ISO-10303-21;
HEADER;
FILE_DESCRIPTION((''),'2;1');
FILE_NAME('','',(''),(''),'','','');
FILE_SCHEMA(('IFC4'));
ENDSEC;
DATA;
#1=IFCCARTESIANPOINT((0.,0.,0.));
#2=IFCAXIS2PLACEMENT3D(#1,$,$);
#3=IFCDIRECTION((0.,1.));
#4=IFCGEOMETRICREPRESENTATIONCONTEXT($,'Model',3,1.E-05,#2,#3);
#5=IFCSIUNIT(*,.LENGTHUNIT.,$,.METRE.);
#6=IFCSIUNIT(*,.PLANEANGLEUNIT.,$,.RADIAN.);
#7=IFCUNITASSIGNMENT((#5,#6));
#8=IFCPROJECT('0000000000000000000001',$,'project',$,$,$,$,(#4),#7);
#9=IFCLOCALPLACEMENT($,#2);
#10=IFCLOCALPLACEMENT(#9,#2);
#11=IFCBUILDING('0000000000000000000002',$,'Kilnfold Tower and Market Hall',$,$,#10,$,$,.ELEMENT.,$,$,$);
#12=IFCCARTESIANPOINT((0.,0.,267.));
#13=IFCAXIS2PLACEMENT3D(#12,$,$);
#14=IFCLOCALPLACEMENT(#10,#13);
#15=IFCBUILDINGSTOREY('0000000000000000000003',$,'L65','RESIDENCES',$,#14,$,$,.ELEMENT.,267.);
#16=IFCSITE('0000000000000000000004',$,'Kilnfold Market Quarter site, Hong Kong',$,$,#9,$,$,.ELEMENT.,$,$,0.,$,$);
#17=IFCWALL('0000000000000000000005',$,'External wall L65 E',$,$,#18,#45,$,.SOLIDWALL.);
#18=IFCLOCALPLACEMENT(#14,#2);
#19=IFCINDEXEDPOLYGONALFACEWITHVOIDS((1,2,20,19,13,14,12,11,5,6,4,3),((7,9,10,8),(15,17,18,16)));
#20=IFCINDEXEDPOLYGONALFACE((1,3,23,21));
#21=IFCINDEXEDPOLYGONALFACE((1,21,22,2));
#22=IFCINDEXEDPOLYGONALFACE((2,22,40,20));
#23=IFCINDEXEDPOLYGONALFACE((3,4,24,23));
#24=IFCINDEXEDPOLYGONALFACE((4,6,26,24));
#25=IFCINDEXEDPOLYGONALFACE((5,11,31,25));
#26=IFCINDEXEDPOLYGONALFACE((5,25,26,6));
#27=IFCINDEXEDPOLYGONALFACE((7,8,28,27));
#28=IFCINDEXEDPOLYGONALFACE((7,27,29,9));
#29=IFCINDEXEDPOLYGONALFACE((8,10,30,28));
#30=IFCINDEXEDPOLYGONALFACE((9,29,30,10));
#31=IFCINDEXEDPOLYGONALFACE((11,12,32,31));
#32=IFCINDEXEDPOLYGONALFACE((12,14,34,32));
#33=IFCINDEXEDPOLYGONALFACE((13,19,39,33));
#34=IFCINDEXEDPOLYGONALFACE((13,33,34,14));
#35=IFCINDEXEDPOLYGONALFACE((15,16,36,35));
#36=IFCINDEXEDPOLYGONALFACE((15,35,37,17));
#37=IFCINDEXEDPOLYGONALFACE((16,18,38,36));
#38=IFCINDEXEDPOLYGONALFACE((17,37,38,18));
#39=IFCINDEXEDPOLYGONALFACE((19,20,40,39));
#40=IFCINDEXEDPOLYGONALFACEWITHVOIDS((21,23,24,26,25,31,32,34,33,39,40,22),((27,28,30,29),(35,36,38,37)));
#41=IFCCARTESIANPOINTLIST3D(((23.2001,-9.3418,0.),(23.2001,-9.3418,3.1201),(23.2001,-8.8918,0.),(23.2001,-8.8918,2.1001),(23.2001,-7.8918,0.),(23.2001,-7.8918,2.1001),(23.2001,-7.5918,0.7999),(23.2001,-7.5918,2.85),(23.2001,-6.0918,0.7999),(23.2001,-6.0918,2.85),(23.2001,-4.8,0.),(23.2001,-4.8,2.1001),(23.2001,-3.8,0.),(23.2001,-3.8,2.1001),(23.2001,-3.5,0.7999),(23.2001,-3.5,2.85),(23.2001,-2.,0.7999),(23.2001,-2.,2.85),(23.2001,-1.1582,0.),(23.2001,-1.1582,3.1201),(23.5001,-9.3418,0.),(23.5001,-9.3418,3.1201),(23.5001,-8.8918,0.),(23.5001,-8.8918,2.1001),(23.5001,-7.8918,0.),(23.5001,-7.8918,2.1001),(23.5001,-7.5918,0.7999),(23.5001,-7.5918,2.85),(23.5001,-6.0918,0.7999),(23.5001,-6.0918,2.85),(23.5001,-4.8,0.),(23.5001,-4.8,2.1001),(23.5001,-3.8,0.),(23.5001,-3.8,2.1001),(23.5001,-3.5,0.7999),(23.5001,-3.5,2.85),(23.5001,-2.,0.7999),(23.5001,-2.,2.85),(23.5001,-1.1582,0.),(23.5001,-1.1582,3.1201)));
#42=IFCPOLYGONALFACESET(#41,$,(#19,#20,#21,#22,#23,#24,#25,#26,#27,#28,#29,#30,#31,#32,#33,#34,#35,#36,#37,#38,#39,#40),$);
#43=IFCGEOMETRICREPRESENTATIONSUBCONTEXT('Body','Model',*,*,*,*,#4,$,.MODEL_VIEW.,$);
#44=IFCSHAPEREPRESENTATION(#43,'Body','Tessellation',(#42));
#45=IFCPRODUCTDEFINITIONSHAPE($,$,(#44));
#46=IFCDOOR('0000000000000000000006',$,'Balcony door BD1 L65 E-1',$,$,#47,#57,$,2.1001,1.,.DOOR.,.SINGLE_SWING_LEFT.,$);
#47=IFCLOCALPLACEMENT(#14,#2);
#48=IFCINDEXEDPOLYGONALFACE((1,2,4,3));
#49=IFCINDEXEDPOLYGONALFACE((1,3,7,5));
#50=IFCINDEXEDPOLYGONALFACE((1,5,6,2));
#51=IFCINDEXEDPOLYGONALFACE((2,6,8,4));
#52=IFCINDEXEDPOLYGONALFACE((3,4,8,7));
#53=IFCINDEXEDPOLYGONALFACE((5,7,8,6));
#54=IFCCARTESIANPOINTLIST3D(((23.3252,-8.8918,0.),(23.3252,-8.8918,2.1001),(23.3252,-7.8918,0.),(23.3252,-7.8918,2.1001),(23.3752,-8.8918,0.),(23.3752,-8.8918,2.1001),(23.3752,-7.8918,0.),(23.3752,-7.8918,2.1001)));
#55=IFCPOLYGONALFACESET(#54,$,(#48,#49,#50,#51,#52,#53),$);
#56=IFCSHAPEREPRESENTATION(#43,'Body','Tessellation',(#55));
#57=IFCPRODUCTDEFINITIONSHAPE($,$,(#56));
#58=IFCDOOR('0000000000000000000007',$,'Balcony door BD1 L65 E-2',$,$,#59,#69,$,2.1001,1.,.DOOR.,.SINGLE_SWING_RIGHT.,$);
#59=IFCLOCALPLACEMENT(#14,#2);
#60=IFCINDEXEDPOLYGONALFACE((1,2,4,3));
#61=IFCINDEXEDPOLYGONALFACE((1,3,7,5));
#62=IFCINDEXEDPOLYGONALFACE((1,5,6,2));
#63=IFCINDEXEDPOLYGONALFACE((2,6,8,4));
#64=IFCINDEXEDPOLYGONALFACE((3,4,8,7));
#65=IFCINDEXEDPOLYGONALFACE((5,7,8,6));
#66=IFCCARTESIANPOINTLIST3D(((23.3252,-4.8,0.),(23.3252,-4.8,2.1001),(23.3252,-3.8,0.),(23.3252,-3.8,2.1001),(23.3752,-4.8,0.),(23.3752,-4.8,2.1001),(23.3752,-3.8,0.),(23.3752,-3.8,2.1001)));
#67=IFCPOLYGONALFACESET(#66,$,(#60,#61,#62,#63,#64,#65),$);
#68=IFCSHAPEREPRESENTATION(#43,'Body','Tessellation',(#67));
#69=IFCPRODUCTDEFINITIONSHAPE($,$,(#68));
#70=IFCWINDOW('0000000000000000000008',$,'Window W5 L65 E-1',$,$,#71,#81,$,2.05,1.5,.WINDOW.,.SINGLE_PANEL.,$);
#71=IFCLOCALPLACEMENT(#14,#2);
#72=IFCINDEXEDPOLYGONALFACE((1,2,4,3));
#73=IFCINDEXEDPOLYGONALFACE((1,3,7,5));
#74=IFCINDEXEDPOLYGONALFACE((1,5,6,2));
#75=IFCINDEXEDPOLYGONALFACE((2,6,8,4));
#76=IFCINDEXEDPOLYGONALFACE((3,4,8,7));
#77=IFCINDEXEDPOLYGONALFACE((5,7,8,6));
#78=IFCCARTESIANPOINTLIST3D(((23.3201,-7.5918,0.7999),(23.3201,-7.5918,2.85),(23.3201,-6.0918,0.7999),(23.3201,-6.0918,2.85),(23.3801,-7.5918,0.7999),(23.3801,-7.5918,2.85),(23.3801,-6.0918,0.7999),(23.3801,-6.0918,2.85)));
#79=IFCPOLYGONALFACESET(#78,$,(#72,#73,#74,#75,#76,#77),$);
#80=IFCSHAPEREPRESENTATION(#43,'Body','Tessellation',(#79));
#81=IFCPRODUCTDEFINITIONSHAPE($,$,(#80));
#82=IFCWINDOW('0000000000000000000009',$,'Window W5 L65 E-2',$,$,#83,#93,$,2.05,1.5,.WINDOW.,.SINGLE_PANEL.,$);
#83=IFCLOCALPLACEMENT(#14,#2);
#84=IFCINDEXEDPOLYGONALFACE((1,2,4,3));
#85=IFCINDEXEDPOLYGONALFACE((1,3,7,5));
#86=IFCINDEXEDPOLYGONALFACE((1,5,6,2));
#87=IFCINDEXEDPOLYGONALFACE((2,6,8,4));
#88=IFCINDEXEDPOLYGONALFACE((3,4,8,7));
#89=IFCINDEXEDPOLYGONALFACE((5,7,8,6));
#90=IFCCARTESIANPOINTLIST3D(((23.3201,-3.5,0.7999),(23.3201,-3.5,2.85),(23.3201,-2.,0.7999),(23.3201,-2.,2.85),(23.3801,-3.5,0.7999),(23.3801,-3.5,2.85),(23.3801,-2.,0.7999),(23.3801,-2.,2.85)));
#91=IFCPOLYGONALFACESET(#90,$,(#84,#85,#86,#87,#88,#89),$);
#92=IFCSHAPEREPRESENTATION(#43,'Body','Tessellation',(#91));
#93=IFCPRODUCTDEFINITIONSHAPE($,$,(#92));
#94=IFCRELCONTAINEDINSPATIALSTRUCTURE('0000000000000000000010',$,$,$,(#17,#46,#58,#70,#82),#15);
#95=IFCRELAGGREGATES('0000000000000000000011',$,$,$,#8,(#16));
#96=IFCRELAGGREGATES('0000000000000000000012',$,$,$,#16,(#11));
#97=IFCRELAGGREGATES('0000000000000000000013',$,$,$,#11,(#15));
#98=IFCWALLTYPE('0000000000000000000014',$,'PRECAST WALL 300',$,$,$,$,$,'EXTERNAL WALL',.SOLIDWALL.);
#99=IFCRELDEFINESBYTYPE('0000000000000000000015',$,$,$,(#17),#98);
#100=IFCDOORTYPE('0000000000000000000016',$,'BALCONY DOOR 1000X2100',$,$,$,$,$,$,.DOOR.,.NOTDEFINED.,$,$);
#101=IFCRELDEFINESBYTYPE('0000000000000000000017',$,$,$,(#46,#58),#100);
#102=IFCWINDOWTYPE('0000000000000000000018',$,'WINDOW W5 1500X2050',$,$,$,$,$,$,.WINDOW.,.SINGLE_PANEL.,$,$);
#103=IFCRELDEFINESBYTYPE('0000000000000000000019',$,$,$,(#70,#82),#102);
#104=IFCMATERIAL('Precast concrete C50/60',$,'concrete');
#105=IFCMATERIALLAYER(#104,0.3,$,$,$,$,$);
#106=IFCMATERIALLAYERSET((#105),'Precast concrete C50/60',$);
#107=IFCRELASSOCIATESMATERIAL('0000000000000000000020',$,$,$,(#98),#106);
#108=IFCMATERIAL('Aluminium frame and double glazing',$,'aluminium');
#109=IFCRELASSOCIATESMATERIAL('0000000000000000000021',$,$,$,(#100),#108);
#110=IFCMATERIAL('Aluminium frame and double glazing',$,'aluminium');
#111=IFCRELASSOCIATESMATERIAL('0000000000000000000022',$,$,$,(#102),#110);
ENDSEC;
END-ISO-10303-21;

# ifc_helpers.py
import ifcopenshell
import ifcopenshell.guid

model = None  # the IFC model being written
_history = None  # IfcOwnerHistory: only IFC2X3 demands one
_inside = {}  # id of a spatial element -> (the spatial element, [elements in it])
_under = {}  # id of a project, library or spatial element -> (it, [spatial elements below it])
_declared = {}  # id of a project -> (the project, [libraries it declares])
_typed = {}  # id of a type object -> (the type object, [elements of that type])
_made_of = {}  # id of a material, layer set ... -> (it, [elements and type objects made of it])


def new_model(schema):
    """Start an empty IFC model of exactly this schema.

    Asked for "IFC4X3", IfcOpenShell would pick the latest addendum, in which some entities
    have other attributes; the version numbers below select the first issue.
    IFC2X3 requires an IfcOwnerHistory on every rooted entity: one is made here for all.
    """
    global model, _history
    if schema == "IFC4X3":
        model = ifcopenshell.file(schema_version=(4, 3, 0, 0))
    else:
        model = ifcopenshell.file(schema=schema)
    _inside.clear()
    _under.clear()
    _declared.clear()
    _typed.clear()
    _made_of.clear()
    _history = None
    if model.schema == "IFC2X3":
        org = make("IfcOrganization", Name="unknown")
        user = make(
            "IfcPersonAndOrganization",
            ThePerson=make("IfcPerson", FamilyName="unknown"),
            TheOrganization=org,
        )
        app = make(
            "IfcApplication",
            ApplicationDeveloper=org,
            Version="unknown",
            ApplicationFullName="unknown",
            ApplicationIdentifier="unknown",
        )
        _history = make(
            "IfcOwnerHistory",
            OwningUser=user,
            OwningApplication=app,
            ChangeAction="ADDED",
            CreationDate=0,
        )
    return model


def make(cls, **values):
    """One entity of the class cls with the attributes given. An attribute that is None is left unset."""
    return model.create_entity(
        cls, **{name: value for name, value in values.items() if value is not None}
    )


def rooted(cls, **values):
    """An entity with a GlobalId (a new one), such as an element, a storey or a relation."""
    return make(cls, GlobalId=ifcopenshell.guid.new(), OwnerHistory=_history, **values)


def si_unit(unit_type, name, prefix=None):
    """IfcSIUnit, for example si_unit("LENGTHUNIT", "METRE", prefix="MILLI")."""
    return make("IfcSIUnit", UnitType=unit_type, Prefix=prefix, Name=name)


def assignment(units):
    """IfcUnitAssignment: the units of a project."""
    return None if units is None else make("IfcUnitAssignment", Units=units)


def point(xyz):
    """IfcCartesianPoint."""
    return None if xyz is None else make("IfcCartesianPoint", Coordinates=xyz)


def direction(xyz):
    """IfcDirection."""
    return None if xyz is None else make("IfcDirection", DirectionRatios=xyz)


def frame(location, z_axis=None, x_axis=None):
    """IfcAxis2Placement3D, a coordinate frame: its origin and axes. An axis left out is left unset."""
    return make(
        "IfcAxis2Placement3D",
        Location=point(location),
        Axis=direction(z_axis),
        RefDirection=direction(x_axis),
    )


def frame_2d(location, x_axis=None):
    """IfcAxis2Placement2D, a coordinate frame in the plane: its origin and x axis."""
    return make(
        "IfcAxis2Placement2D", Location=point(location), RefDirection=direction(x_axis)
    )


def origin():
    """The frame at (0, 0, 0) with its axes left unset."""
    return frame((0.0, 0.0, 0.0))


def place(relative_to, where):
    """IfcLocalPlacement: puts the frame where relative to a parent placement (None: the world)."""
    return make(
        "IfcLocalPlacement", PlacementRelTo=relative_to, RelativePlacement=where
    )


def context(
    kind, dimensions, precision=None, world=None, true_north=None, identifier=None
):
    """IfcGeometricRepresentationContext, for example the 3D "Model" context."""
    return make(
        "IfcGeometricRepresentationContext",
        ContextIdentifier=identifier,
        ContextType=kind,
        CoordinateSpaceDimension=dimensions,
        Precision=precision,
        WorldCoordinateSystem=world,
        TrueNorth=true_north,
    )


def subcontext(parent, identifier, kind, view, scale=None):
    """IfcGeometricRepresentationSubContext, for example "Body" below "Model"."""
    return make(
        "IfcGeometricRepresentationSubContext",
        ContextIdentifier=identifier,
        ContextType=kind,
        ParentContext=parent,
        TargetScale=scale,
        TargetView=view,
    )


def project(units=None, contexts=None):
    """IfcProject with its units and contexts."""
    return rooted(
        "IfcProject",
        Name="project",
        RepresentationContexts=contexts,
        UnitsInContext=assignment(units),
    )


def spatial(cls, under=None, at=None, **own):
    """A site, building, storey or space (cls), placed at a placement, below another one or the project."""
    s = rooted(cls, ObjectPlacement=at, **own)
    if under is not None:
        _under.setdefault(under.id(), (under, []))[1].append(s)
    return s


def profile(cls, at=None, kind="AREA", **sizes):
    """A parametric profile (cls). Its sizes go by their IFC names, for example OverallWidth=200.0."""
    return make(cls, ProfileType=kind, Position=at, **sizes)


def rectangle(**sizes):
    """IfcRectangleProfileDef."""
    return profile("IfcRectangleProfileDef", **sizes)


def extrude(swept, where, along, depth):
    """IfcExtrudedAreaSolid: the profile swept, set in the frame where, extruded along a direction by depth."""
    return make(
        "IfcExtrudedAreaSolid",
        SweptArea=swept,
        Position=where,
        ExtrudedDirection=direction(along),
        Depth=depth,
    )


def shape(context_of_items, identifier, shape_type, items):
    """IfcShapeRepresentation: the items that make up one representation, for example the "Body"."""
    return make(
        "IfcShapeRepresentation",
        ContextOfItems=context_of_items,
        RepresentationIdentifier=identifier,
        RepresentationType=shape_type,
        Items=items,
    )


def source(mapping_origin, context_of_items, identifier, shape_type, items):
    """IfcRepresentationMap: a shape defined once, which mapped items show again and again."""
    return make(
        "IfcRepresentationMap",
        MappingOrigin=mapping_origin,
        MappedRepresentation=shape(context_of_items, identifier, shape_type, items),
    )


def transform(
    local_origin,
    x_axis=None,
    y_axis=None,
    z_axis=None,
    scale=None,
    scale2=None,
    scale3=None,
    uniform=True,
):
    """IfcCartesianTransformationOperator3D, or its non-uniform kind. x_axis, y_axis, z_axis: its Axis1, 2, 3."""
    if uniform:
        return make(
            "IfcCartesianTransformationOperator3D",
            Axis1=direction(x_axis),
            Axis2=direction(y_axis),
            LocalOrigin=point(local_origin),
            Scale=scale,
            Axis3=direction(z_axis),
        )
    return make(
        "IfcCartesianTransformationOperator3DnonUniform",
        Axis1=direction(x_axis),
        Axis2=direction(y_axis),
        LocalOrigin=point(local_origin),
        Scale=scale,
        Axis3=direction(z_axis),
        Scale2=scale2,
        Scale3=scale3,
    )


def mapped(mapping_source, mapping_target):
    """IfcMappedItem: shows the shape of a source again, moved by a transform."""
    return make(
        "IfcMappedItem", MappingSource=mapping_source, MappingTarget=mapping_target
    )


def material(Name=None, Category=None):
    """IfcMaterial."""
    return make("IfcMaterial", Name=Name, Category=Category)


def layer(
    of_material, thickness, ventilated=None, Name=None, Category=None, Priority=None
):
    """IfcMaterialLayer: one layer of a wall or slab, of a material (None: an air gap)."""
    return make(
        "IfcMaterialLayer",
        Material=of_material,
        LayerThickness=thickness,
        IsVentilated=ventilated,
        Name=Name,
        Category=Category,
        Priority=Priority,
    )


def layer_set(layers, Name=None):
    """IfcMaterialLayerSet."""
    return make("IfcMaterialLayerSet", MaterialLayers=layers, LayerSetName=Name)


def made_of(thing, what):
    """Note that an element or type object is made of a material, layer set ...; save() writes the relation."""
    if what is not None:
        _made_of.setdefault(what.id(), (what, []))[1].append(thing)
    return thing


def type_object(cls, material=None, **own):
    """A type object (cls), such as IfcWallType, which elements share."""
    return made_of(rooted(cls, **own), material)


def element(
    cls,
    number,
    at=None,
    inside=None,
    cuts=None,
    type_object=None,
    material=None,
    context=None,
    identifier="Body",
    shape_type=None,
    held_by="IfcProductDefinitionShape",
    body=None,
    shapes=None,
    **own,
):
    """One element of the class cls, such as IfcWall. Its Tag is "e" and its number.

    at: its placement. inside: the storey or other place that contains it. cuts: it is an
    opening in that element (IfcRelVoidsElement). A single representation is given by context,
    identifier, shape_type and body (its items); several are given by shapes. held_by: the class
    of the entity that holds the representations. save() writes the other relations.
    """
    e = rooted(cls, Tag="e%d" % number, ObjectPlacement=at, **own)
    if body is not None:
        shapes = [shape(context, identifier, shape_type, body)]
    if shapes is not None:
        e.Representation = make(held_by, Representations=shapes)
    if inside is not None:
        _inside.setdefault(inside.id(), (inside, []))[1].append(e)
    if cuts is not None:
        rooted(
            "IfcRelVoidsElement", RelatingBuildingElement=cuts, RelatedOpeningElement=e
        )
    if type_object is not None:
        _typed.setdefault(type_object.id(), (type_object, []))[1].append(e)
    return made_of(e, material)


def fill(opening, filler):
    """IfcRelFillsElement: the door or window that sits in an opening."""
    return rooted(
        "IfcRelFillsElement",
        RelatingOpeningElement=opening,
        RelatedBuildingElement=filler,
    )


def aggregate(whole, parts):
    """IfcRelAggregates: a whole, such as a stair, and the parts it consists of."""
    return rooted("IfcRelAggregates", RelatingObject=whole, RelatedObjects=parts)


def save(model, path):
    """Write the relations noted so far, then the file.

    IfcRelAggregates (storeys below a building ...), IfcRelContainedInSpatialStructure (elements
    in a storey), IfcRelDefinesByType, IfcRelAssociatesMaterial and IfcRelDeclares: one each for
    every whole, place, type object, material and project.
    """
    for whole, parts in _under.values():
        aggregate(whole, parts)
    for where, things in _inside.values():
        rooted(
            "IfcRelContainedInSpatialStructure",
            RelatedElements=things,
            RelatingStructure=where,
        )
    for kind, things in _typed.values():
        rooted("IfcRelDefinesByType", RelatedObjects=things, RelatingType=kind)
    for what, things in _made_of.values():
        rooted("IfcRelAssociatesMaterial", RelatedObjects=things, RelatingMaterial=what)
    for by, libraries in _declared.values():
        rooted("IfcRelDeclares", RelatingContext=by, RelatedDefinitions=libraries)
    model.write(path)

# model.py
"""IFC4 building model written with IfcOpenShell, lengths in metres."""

from ifc_helpers import new_model, si_unit, direction, frame, frame_2d, origin, place, context, subcontext, project, spatial, rectangle, extrude, source, transform, mapped, material, layer, layer_set, type_object, element, fill, save


model = new_model("IFC4")

# Units and contexts
model_context = context("Model", 3, precision=1e-05, world=origin(), true_north=direction((0.0, 1.0)))
body_context = subcontext(model_context, "Body", "Model", "MODEL_VIEW")
ifc_project = project(units=[si_unit("LENGTHUNIT", "METRE"), si_unit("PLANEANGLEUNIT", "RADIAN")], contexts=[model_context])

# Site, building, storey
site_placement = place(None, origin())
site = spatial("IfcSite", under=ifc_project, at=site_placement, Name="Kilnfold Market Quarter site, Hong Kong", CompositionType="ELEMENT", RefElevation=0.0)
building_placement = place(site_placement, origin())
building = spatial("IfcBuilding", under=site, at=building_placement, Name="Kilnfold Tower and Market Hall", CompositionType="ELEMENT")
storey_placement = place(building_placement, frame((0.0, 0.0, 267.0)))
storey = spatial("IfcBuildingStorey", under=building, at=storey_placement, Name="L65", Description="RESIDENCES", CompositionType="ELEMENT", Elevation=267.0)

# Wall, openings, doors, windows
ifc_material_1 = material(Name="Precast concrete C50/60", Category="concrete")
ifc_layer_1 = layer(ifc_material_1, 0.3)
ifc_layer_set_1 = layer_set([ifc_layer_1], Name="Precast concrete C50/60")
wall_type_1 = type_object("IfcWallType", Name="PRECAST WALL 300", ElementType="EXTERNAL WALL", PredefinedType="SOLIDWALL", material=ifc_layer_set_1)
shared_shape_1 = source(origin(), body_context, "Body", "SweptSolid", [
    extrude(rectangle(XDim=8.1836, YDim=0.3, at=frame_2d((4.0918, 0.0))), origin(), (0.0, 0.0, 1.0), 3.1201),
])
wall_1_placement = place(storey_placement, frame((23.3501, -9.3418, 0.0), z_axis=(0.0, 0.0, 1.0), x_axis=(0.0, 1.0, 0.0)))
wall_1 = element("IfcWall", 1, at=wall_1_placement, inside=storey, type_object=wall_type_1, Name="External wall L65 E", PredefinedType="SOLIDWALL", context=body_context, shape_type="MappedRepresentation", body=[
    mapped(shared_shape_1, transform((0.0, 0.0, 0.0))),
])
opening_1_placement = place(wall_1_placement, frame((1.75, 0.0, 0.8)))
opening_1 = element("IfcOpeningElement", 2, at=opening_1_placement, cuts=wall_1, PredefinedType="OPENING", context=body_context, shape_type="SweptSolid", body=[
    extrude(rectangle(XDim=1.5, YDim=2.05, at=frame_2d((0.75, 1.0249))), frame((0.0, 0.1602, 0.0), z_axis=(0.0, -1.0, 0.0), x_axis=(1.0, 0.0, 0.0)), (0.0, 0.0, 1.0), 0.3201),
])
opening_2_placement = place(wall_1_placement, frame((0.45, 0.0, 0.0)))
opening_2 = element("IfcOpeningElement", 3, at=opening_2_placement, cuts=wall_1, PredefinedType="OPENING", context=body_context, shape_type="SweptSolid", body=[
    extrude(rectangle(XDim=1.0, YDim=2.1001, at=frame_2d((0.5, 1.05))), frame((0.0, 0.1602, 0.0), z_axis=(0.0, -1.0, 0.0), x_axis=(1.0, 0.0, 0.0)), (0.0, 0.0, 1.0), 0.3201),
])
opening_3_placement = place(wall_1_placement, frame((5.8418, 0.0, 0.8)))
opening_3 = element("IfcOpeningElement", 4, at=opening_3_placement, cuts=wall_1, PredefinedType="OPENING", context=body_context, shape_type="SweptSolid", body=[
    extrude(rectangle(XDim=1.5, YDim=2.05, at=frame_2d((0.75, 1.0249))), frame((0.0, 0.1602, 0.0), z_axis=(0.0, -1.0, 0.0), x_axis=(1.0, 0.0, 0.0)), (0.0, 0.0, 1.0), 0.3201),
])
opening_4_placement = place(wall_1_placement, frame((4.5417, 0.0, 0.0)))
opening_4 = element("IfcOpeningElement", 5, at=opening_4_placement, cuts=wall_1, PredefinedType="OPENING", context=body_context, shape_type="SweptSolid", body=[
    extrude(rectangle(XDim=1.0, YDim=2.1001, at=frame_2d((0.5, 1.05))), frame((0.0, 0.1602, 0.0), z_axis=(0.0, -1.0, 0.0), x_axis=(1.0, 0.0, 0.0)), (0.0, 0.0, 1.0), 0.3201),
])
ifc_material_2 = material(Name="Aluminium frame and double glazing", Category="aluminium")
door_type_1 = type_object("IfcDoorType", Name="BALCONY DOOR 1000X2100", OperationType="NOTDEFINED", PredefinedType="DOOR", material=ifc_material_2)
door_1_placement = place(opening_2_placement, origin())
door_1 = element("IfcDoor", 6, at=door_1_placement, inside=storey, type_object=door_type_1, Name="Balcony door BD1 L65 E-1", OperationType="SINGLE_SWING_LEFT", OverallHeight=2.1001, OverallWidth=1.0, PredefinedType="DOOR", context=body_context, shape_type="SweptSolid", body=[
    extrude(rectangle(XDim=1.0, YDim=2.1001, at=frame_2d((0.5, 1.05))), frame((0.0, 0.0249, 0.0), z_axis=(0.0, -1.0, 0.0), x_axis=(1.0, 0.0, 0.0)), (0.0, 0.0, 1.0), 0.05),
])
fill(opening_2, door_1)
door_2_placement = place(opening_4_placement, origin())
door_2 = element("IfcDoor", 7, at=door_2_placement, inside=storey, type_object=door_type_1, Name="Balcony door BD1 L65 E-2", OperationType="SINGLE_SWING_RIGHT", OverallHeight=2.1001, OverallWidth=1.0, PredefinedType="DOOR", context=body_context, shape_type="SweptSolid", body=[
    extrude(rectangle(XDim=1.0, YDim=2.1001, at=frame_2d((0.5, 1.05))), frame((0.0, 0.0249, 0.0), z_axis=(0.0, -1.0, 0.0), x_axis=(1.0, 0.0, 0.0)), (0.0, 0.0, 1.0), 0.05),
])
fill(opening_4, door_2)
ifc_material_3 = material(Name="Aluminium frame and double glazing", Category="aluminium")
window_type = type_object("IfcWindowType", Name="WINDOW W5 1500X2050", PartitioningType="SINGLE_PANEL", PredefinedType="WINDOW", material=ifc_material_3)
window_1_placement = place(opening_1_placement, origin())
window_1 = element("IfcWindow", 8, at=window_1_placement, inside=storey, type_object=window_type, Name="Window W5 L65 E-1", OverallHeight=2.05, OverallWidth=1.5, PartitioningType="SINGLE_PANEL", PredefinedType="WINDOW", context=body_context, shape_type="SweptSolid", body=[
    extrude(rectangle(XDim=1.5, YDim=2.05, at=frame_2d((0.75, 1.0249))), frame((0.0, 0.03, 0.0), z_axis=(0.0, -1.0, 0.0), x_axis=(1.0, 0.0, 0.0)), (0.0, 0.0, 1.0), 0.0601),
])
fill(opening_1, window_1)
window_2_placement = place(opening_3_placement, origin())
window_2 = element("IfcWindow", 9, at=window_2_placement, inside=storey, type_object=window_type, Name="Window W5 L65 E-2", OverallHeight=2.05, OverallWidth=1.5, PartitioningType="SINGLE_PANEL", PredefinedType="WINDOW", context=body_context, shape_type="SweptSolid", body=[
    extrude(rectangle(XDim=1.5, YDim=2.05, at=frame_2d((0.75, 1.0249))), frame((0.0, 0.03, 0.0), z_axis=(0.0, -1.0, 0.0), x_axis=(1.0, 0.0, 0.0)), (0.0, 0.0, 1.0), 0.0601),
])
fill(opening_3, window_2)

save(model, "model.ifc")
